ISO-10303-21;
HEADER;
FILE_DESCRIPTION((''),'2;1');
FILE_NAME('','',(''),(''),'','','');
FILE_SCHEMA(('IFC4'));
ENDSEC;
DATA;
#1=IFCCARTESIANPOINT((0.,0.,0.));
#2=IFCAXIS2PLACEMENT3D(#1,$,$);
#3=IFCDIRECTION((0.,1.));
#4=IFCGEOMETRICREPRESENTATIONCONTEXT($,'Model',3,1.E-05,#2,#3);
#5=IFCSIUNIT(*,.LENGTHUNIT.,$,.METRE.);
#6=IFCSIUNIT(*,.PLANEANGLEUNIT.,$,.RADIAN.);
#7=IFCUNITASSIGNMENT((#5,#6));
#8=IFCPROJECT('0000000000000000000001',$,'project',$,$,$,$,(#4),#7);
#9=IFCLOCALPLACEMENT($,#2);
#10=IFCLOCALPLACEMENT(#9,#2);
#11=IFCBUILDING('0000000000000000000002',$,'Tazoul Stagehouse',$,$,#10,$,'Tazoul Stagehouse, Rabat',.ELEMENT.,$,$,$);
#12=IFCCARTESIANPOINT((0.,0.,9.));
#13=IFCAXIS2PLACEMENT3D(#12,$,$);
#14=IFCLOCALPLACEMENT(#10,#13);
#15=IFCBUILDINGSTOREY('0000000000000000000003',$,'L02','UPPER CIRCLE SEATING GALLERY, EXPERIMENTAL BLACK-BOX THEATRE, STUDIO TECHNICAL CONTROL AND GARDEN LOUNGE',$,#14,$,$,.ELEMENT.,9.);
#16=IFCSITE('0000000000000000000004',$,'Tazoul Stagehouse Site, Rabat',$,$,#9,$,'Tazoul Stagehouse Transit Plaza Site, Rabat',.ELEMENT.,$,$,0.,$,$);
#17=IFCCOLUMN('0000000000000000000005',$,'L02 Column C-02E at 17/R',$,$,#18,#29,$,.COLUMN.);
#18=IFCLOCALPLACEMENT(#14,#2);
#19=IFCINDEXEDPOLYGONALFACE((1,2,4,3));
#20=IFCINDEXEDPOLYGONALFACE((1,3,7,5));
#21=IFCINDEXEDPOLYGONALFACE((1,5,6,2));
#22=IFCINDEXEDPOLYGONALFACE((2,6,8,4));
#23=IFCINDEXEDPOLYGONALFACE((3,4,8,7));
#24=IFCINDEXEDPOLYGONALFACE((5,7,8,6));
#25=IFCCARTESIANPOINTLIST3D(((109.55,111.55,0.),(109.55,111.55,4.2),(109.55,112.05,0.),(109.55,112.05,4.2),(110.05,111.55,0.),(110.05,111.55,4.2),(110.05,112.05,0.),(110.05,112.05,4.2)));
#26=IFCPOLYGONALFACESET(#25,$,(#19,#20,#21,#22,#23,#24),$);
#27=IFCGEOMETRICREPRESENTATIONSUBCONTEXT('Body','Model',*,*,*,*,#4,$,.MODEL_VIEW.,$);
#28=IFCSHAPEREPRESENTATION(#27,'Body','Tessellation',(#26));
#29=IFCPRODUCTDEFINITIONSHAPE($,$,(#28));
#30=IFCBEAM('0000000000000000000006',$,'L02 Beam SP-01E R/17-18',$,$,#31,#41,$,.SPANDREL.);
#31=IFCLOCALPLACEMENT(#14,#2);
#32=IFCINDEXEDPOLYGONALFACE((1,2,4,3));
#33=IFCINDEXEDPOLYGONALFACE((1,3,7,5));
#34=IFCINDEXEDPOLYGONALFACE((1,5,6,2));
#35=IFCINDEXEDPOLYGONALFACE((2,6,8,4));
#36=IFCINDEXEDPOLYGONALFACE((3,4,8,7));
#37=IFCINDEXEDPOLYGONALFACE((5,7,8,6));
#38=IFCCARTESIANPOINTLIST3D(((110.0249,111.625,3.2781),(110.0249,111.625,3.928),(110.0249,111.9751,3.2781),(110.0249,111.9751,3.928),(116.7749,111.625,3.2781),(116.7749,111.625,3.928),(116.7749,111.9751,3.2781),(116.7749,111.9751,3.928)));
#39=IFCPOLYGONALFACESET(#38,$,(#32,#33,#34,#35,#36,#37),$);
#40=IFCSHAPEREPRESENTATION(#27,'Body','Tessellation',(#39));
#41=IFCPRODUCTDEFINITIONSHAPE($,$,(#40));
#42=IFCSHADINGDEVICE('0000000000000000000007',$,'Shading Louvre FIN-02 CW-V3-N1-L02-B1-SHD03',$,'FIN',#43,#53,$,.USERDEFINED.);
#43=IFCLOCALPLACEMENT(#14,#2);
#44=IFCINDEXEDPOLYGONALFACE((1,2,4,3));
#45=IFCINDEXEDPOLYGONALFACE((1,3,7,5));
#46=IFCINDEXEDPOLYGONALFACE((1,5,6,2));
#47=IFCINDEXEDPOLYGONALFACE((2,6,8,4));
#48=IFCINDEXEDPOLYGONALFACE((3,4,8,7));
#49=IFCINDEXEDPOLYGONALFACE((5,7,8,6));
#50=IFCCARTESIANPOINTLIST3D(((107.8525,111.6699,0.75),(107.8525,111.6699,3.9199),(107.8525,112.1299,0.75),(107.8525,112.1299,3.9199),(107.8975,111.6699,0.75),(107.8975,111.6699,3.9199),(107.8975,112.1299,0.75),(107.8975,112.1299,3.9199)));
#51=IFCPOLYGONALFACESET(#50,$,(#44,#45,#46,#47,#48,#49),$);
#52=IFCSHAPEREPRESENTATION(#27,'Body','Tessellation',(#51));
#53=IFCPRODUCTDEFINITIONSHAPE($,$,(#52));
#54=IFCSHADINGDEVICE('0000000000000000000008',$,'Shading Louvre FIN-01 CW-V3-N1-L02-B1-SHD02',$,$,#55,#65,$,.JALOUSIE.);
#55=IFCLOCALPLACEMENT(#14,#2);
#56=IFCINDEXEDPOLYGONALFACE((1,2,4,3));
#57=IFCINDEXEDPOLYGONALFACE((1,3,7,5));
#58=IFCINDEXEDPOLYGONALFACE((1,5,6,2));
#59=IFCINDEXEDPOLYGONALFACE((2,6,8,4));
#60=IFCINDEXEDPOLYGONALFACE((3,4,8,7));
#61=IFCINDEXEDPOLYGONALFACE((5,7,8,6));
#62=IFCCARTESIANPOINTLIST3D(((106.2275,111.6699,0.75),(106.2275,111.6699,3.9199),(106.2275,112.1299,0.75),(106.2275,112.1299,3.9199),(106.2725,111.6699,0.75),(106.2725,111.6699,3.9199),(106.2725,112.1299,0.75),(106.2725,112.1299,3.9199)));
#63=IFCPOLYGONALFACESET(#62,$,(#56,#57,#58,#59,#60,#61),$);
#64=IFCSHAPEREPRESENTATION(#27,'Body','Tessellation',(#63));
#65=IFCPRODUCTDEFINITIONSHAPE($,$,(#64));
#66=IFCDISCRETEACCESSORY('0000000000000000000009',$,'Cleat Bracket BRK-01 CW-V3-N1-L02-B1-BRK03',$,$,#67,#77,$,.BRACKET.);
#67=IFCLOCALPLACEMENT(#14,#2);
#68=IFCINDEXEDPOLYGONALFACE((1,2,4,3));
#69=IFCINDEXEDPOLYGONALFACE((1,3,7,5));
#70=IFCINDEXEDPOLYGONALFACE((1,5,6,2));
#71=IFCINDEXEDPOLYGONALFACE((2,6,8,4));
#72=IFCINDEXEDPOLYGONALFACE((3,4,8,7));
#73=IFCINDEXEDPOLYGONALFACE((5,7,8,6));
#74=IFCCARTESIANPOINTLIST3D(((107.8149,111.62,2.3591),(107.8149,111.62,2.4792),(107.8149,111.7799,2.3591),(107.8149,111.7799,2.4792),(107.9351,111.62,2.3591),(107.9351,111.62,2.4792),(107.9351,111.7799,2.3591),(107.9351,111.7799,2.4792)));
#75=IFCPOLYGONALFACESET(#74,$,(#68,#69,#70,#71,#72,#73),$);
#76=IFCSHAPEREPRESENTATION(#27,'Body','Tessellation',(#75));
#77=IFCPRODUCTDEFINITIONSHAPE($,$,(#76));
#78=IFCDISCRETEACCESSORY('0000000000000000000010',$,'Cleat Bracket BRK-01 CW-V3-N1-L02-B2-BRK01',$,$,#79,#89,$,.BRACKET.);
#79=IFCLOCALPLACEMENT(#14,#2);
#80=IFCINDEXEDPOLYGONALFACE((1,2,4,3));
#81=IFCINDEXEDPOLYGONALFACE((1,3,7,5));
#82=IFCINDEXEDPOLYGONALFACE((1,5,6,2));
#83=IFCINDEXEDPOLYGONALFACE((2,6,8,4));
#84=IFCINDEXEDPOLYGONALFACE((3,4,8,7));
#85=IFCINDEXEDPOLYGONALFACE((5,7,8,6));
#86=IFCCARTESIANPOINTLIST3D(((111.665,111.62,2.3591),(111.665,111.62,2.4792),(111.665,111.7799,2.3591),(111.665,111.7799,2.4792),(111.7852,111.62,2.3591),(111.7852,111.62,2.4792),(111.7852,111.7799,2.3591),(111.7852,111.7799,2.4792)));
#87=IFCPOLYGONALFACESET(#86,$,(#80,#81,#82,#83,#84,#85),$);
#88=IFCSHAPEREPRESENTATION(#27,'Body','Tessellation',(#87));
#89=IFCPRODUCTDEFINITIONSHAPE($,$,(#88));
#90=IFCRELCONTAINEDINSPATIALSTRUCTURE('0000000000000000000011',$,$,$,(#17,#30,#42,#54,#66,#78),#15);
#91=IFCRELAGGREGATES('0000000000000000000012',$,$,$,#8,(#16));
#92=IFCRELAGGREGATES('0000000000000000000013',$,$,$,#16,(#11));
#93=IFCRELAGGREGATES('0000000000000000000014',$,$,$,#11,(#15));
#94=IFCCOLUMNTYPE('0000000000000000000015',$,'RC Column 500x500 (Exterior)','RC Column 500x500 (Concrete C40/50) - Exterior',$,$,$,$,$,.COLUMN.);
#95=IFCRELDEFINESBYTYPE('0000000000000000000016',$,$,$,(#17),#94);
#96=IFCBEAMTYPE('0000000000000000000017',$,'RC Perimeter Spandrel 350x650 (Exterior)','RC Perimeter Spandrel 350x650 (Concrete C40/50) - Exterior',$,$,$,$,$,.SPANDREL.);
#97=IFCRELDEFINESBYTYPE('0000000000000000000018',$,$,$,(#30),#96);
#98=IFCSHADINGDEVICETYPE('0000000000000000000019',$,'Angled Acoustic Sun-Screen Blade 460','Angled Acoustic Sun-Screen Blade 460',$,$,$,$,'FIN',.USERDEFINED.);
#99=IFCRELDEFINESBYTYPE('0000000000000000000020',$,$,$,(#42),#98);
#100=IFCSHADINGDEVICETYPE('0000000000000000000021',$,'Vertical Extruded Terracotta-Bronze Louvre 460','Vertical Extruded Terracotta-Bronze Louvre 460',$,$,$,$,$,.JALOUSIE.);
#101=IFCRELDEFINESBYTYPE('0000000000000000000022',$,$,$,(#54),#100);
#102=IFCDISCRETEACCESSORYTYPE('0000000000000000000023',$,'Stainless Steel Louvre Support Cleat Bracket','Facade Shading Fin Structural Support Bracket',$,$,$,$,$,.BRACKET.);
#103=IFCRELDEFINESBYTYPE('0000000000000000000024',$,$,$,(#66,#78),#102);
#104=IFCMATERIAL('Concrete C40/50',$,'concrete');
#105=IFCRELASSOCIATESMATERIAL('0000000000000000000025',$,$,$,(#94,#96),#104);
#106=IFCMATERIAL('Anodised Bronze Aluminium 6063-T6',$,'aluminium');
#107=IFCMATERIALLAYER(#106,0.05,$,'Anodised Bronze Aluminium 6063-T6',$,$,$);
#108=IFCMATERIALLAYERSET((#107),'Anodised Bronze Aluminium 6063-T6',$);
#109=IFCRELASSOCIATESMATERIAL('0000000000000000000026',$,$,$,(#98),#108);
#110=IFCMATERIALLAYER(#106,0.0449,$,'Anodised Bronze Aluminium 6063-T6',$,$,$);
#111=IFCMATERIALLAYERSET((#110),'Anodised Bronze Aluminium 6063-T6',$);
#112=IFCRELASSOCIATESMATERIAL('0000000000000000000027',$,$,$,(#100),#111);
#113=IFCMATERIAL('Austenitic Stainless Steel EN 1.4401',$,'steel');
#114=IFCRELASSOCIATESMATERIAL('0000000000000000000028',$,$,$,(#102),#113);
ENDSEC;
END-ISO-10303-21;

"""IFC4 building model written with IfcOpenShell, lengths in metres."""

from ifc_helpers import new_model, si_unit, direction, frame, origin, origin_2d, place, context, subcontext, project, spatial, rectangle, extrude, material, layer, layer_set, material_profile, profile_set, type_object, element, save


model = new_model("IFC4")

# Units and contexts
model_context = context("Model", 3, precision=1e-05, world=origin(), true_north=direction((0.0, 1.0)))
body_context = subcontext(model_context, "Body", "Model", "MODEL_VIEW")
ifc_project = project(units=[si_unit("LENGTHUNIT", "METRE"), si_unit("PLANEANGLEUNIT", "RADIAN")], contexts=[model_context])

# Site, building, storey
site_placement = place(None, origin())
site = spatial("IfcSite", under=ifc_project, at=site_placement, Name="Tazoul Stagehouse Site, Rabat", LongName="Tazoul Stagehouse Transit Plaza Site, Rabat", CompositionType="ELEMENT", RefElevation=0.0)
building_placement = place(site_placement, origin())
building = spatial("IfcBuilding", under=site, at=building_placement, Name="Tazoul Stagehouse", LongName="Tazoul Stagehouse, Rabat", CompositionType="ELEMENT")
storey_placement = place(building_placement, frame((0.0, 0.0, 9.0)))
storey = spatial("IfcBuildingStorey", under=building, at=storey_placement, Name="L02", Description="UPPER CIRCLE SEATING GALLERY, EXPERIMENTAL BLACK-BOX THEATRE, STUDIO TECHNICAL CONTROL AND GARDEN LOUNGE", CompositionType="ELEMENT", Elevation=9.0)

# Column
ifc_material_1 = material(Name="Concrete C40/50", Category="concrete")
ifc_material_profile_1 = material_profile(ifc_material_1, rectangle(XDim=0.5, YDim=0.5, at=origin_2d()), Name="RC 500x500")
ifc_profile_set_1 = profile_set([ifc_material_profile_1], Name="Concrete C40/50")
column_type = type_object("IfcColumnType", Name="RC Column 500x500 (Exterior)", Description="RC Column 500x500 (Concrete C40/50) - Exterior", PredefinedType="COLUMN", material=ifc_profile_set_1)
column_placement = place(storey_placement, frame((109.8, 111.8, 0.0), z_axis=(0.0, 0.0, 1.0), x_axis=(1.0, 0.0, 0.0)))
element("IfcColumn", 1, at=column_placement, inside=storey, type_object=column_type, Name="L02 Column C-02E at 17/R", PredefinedType="COLUMN", context=body_context, shape_type="SweptSolid", body=[
    extrude(rectangle(XDim=0.5, YDim=0.5, at=origin_2d()), origin(), (0.0, 0.0, 1.0), 4.2),
])

# Beam
ifc_material_profile_2 = material_profile(ifc_material_1, rectangle(XDim=0.3501, YDim=0.6499, at=origin_2d()), Name="RC 350x650")
ifc_profile_set_2 = profile_set([ifc_material_profile_2], Name="Concrete C40/50")
beam_type = type_object("IfcBeamType", Name="RC Perimeter Spandrel 350x650 (Exterior)", Description="RC Perimeter Spandrel 350x650 (Concrete C40/50) - Exterior", PredefinedType="SPANDREL", material=ifc_profile_set_2)
beam_placement = place(storey_placement, frame((110.0249, 111.8, 3.603), z_axis=(1.0, 0.0, 0.0), x_axis=(0.0, 1.0, 0.0)))
element("IfcBeam", 2, at=beam_placement, inside=storey, type_object=beam_type, Name="L02 Beam SP-01E R/17-18", PredefinedType="SPANDREL", context=body_context, shape_type="SweptSolid", body=[
    extrude(rectangle(XDim=0.3501, YDim=0.6499, at=origin_2d()), origin(), (0.0, 0.0, 1.0), 6.75),
])

# Shading devices
ifc_material_2 = material(Name="Anodised Bronze Aluminium 6063-T6", Category="aluminium")
ifc_layer_1 = layer(ifc_material_2, 0.05, Name="Anodised Bronze Aluminium 6063-T6")
ifc_layer_set_1 = layer_set([ifc_layer_1], Name="Anodised Bronze Aluminium 6063-T6")
shading_device_type_1 = type_object("IfcShadingDeviceType", Name="Angled Acoustic Sun-Screen Blade 460", Description="Angled Acoustic Sun-Screen Blade 460", ElementType="FIN", PredefinedType="USERDEFINED", material=ifc_layer_set_1)
shading_device_1_placement = place(storey_placement, frame((107.875, 111.8999, 0.75), z_axis=(0.0, 0.0, 1.0), x_axis=(1.0, 0.0, 0.0)))
element("IfcShadingDevice", 3, at=shading_device_1_placement, inside=storey, type_object=shading_device_type_1, Name="Shading Louvre FIN-02 CW-V3-N1-L02-B1-SHD03", ObjectType="FIN", PredefinedType="USERDEFINED", context=body_context, shape_type="SweptSolid", body=[
    extrude(rectangle(XDim=0.0449, YDim=0.46, at=origin_2d()), origin(), (0.0, 0.0, 1.0), 3.1699),
])
ifc_layer_2 = layer(ifc_material_2, 0.0449, Name="Anodised Bronze Aluminium 6063-T6")
ifc_layer_set_2 = layer_set([ifc_layer_2], Name="Anodised Bronze Aluminium 6063-T6")
shading_device_type_2 = type_object("IfcShadingDeviceType", Name="Vertical Extruded Terracotta-Bronze Louvre 460", Description="Vertical Extruded Terracotta-Bronze Louvre 460", PredefinedType="JALOUSIE", material=ifc_layer_set_2)
shading_device_2_placement = place(storey_placement, frame((106.25, 111.8999, 0.75), z_axis=(0.0, 0.0, 1.0), x_axis=(1.0, 0.0, 0.0)))
element("IfcShadingDevice", 4, at=shading_device_2_placement, inside=storey, type_object=shading_device_type_2, Name="Shading Louvre FIN-01 CW-V3-N1-L02-B1-SHD02", PredefinedType="JALOUSIE", context=body_context, shape_type="SweptSolid", body=[
    extrude(rectangle(XDim=0.0449, YDim=0.46, at=origin_2d()), origin(), (0.0, 0.0, 1.0), 3.1699),
])

# Discrete accessories
ifc_material_3 = material(Name="Austenitic Stainless Steel EN 1.4401", Category="steel")
discrete_accessory_type = type_object("IfcDiscreteAccessoryType", Name="Stainless Steel Louvre Support Cleat Bracket", Description="Facade Shading Fin Structural Support Bracket", PredefinedType="BRACKET", material=ifc_material_3)
for number, where, z_axis, x_axis, name in (
    (5, (107.875, 111.7, 2.3591), (0.0, 0.0, 1.0), (1.0, 0.0, 0.0), "Cleat Bracket BRK-01 CW-V3-N1-L02-B1-BRK03"),
    (6, (111.7251, 111.7, 2.3591), (0.0, 0.0, 1.0), (1.0, 0.0, 0.0), "Cleat Bracket BRK-01 CW-V3-N1-L02-B2-BRK01"),
):
    element("IfcDiscreteAccessory", number, at=place(storey_placement, frame(where, z_axis=z_axis, x_axis=x_axis)), inside=storey, type_object=discrete_accessory_type, Name=name, PredefinedType="BRACKET", context=body_context, shape_type="SweptSolid", body=[
        extrude(rectangle(XDim=0.1201, YDim=0.1599, at=origin_2d()), origin(), (0.0, 0.0, 1.0), 0.1201),
    ])

save(model, "model.ifc")
